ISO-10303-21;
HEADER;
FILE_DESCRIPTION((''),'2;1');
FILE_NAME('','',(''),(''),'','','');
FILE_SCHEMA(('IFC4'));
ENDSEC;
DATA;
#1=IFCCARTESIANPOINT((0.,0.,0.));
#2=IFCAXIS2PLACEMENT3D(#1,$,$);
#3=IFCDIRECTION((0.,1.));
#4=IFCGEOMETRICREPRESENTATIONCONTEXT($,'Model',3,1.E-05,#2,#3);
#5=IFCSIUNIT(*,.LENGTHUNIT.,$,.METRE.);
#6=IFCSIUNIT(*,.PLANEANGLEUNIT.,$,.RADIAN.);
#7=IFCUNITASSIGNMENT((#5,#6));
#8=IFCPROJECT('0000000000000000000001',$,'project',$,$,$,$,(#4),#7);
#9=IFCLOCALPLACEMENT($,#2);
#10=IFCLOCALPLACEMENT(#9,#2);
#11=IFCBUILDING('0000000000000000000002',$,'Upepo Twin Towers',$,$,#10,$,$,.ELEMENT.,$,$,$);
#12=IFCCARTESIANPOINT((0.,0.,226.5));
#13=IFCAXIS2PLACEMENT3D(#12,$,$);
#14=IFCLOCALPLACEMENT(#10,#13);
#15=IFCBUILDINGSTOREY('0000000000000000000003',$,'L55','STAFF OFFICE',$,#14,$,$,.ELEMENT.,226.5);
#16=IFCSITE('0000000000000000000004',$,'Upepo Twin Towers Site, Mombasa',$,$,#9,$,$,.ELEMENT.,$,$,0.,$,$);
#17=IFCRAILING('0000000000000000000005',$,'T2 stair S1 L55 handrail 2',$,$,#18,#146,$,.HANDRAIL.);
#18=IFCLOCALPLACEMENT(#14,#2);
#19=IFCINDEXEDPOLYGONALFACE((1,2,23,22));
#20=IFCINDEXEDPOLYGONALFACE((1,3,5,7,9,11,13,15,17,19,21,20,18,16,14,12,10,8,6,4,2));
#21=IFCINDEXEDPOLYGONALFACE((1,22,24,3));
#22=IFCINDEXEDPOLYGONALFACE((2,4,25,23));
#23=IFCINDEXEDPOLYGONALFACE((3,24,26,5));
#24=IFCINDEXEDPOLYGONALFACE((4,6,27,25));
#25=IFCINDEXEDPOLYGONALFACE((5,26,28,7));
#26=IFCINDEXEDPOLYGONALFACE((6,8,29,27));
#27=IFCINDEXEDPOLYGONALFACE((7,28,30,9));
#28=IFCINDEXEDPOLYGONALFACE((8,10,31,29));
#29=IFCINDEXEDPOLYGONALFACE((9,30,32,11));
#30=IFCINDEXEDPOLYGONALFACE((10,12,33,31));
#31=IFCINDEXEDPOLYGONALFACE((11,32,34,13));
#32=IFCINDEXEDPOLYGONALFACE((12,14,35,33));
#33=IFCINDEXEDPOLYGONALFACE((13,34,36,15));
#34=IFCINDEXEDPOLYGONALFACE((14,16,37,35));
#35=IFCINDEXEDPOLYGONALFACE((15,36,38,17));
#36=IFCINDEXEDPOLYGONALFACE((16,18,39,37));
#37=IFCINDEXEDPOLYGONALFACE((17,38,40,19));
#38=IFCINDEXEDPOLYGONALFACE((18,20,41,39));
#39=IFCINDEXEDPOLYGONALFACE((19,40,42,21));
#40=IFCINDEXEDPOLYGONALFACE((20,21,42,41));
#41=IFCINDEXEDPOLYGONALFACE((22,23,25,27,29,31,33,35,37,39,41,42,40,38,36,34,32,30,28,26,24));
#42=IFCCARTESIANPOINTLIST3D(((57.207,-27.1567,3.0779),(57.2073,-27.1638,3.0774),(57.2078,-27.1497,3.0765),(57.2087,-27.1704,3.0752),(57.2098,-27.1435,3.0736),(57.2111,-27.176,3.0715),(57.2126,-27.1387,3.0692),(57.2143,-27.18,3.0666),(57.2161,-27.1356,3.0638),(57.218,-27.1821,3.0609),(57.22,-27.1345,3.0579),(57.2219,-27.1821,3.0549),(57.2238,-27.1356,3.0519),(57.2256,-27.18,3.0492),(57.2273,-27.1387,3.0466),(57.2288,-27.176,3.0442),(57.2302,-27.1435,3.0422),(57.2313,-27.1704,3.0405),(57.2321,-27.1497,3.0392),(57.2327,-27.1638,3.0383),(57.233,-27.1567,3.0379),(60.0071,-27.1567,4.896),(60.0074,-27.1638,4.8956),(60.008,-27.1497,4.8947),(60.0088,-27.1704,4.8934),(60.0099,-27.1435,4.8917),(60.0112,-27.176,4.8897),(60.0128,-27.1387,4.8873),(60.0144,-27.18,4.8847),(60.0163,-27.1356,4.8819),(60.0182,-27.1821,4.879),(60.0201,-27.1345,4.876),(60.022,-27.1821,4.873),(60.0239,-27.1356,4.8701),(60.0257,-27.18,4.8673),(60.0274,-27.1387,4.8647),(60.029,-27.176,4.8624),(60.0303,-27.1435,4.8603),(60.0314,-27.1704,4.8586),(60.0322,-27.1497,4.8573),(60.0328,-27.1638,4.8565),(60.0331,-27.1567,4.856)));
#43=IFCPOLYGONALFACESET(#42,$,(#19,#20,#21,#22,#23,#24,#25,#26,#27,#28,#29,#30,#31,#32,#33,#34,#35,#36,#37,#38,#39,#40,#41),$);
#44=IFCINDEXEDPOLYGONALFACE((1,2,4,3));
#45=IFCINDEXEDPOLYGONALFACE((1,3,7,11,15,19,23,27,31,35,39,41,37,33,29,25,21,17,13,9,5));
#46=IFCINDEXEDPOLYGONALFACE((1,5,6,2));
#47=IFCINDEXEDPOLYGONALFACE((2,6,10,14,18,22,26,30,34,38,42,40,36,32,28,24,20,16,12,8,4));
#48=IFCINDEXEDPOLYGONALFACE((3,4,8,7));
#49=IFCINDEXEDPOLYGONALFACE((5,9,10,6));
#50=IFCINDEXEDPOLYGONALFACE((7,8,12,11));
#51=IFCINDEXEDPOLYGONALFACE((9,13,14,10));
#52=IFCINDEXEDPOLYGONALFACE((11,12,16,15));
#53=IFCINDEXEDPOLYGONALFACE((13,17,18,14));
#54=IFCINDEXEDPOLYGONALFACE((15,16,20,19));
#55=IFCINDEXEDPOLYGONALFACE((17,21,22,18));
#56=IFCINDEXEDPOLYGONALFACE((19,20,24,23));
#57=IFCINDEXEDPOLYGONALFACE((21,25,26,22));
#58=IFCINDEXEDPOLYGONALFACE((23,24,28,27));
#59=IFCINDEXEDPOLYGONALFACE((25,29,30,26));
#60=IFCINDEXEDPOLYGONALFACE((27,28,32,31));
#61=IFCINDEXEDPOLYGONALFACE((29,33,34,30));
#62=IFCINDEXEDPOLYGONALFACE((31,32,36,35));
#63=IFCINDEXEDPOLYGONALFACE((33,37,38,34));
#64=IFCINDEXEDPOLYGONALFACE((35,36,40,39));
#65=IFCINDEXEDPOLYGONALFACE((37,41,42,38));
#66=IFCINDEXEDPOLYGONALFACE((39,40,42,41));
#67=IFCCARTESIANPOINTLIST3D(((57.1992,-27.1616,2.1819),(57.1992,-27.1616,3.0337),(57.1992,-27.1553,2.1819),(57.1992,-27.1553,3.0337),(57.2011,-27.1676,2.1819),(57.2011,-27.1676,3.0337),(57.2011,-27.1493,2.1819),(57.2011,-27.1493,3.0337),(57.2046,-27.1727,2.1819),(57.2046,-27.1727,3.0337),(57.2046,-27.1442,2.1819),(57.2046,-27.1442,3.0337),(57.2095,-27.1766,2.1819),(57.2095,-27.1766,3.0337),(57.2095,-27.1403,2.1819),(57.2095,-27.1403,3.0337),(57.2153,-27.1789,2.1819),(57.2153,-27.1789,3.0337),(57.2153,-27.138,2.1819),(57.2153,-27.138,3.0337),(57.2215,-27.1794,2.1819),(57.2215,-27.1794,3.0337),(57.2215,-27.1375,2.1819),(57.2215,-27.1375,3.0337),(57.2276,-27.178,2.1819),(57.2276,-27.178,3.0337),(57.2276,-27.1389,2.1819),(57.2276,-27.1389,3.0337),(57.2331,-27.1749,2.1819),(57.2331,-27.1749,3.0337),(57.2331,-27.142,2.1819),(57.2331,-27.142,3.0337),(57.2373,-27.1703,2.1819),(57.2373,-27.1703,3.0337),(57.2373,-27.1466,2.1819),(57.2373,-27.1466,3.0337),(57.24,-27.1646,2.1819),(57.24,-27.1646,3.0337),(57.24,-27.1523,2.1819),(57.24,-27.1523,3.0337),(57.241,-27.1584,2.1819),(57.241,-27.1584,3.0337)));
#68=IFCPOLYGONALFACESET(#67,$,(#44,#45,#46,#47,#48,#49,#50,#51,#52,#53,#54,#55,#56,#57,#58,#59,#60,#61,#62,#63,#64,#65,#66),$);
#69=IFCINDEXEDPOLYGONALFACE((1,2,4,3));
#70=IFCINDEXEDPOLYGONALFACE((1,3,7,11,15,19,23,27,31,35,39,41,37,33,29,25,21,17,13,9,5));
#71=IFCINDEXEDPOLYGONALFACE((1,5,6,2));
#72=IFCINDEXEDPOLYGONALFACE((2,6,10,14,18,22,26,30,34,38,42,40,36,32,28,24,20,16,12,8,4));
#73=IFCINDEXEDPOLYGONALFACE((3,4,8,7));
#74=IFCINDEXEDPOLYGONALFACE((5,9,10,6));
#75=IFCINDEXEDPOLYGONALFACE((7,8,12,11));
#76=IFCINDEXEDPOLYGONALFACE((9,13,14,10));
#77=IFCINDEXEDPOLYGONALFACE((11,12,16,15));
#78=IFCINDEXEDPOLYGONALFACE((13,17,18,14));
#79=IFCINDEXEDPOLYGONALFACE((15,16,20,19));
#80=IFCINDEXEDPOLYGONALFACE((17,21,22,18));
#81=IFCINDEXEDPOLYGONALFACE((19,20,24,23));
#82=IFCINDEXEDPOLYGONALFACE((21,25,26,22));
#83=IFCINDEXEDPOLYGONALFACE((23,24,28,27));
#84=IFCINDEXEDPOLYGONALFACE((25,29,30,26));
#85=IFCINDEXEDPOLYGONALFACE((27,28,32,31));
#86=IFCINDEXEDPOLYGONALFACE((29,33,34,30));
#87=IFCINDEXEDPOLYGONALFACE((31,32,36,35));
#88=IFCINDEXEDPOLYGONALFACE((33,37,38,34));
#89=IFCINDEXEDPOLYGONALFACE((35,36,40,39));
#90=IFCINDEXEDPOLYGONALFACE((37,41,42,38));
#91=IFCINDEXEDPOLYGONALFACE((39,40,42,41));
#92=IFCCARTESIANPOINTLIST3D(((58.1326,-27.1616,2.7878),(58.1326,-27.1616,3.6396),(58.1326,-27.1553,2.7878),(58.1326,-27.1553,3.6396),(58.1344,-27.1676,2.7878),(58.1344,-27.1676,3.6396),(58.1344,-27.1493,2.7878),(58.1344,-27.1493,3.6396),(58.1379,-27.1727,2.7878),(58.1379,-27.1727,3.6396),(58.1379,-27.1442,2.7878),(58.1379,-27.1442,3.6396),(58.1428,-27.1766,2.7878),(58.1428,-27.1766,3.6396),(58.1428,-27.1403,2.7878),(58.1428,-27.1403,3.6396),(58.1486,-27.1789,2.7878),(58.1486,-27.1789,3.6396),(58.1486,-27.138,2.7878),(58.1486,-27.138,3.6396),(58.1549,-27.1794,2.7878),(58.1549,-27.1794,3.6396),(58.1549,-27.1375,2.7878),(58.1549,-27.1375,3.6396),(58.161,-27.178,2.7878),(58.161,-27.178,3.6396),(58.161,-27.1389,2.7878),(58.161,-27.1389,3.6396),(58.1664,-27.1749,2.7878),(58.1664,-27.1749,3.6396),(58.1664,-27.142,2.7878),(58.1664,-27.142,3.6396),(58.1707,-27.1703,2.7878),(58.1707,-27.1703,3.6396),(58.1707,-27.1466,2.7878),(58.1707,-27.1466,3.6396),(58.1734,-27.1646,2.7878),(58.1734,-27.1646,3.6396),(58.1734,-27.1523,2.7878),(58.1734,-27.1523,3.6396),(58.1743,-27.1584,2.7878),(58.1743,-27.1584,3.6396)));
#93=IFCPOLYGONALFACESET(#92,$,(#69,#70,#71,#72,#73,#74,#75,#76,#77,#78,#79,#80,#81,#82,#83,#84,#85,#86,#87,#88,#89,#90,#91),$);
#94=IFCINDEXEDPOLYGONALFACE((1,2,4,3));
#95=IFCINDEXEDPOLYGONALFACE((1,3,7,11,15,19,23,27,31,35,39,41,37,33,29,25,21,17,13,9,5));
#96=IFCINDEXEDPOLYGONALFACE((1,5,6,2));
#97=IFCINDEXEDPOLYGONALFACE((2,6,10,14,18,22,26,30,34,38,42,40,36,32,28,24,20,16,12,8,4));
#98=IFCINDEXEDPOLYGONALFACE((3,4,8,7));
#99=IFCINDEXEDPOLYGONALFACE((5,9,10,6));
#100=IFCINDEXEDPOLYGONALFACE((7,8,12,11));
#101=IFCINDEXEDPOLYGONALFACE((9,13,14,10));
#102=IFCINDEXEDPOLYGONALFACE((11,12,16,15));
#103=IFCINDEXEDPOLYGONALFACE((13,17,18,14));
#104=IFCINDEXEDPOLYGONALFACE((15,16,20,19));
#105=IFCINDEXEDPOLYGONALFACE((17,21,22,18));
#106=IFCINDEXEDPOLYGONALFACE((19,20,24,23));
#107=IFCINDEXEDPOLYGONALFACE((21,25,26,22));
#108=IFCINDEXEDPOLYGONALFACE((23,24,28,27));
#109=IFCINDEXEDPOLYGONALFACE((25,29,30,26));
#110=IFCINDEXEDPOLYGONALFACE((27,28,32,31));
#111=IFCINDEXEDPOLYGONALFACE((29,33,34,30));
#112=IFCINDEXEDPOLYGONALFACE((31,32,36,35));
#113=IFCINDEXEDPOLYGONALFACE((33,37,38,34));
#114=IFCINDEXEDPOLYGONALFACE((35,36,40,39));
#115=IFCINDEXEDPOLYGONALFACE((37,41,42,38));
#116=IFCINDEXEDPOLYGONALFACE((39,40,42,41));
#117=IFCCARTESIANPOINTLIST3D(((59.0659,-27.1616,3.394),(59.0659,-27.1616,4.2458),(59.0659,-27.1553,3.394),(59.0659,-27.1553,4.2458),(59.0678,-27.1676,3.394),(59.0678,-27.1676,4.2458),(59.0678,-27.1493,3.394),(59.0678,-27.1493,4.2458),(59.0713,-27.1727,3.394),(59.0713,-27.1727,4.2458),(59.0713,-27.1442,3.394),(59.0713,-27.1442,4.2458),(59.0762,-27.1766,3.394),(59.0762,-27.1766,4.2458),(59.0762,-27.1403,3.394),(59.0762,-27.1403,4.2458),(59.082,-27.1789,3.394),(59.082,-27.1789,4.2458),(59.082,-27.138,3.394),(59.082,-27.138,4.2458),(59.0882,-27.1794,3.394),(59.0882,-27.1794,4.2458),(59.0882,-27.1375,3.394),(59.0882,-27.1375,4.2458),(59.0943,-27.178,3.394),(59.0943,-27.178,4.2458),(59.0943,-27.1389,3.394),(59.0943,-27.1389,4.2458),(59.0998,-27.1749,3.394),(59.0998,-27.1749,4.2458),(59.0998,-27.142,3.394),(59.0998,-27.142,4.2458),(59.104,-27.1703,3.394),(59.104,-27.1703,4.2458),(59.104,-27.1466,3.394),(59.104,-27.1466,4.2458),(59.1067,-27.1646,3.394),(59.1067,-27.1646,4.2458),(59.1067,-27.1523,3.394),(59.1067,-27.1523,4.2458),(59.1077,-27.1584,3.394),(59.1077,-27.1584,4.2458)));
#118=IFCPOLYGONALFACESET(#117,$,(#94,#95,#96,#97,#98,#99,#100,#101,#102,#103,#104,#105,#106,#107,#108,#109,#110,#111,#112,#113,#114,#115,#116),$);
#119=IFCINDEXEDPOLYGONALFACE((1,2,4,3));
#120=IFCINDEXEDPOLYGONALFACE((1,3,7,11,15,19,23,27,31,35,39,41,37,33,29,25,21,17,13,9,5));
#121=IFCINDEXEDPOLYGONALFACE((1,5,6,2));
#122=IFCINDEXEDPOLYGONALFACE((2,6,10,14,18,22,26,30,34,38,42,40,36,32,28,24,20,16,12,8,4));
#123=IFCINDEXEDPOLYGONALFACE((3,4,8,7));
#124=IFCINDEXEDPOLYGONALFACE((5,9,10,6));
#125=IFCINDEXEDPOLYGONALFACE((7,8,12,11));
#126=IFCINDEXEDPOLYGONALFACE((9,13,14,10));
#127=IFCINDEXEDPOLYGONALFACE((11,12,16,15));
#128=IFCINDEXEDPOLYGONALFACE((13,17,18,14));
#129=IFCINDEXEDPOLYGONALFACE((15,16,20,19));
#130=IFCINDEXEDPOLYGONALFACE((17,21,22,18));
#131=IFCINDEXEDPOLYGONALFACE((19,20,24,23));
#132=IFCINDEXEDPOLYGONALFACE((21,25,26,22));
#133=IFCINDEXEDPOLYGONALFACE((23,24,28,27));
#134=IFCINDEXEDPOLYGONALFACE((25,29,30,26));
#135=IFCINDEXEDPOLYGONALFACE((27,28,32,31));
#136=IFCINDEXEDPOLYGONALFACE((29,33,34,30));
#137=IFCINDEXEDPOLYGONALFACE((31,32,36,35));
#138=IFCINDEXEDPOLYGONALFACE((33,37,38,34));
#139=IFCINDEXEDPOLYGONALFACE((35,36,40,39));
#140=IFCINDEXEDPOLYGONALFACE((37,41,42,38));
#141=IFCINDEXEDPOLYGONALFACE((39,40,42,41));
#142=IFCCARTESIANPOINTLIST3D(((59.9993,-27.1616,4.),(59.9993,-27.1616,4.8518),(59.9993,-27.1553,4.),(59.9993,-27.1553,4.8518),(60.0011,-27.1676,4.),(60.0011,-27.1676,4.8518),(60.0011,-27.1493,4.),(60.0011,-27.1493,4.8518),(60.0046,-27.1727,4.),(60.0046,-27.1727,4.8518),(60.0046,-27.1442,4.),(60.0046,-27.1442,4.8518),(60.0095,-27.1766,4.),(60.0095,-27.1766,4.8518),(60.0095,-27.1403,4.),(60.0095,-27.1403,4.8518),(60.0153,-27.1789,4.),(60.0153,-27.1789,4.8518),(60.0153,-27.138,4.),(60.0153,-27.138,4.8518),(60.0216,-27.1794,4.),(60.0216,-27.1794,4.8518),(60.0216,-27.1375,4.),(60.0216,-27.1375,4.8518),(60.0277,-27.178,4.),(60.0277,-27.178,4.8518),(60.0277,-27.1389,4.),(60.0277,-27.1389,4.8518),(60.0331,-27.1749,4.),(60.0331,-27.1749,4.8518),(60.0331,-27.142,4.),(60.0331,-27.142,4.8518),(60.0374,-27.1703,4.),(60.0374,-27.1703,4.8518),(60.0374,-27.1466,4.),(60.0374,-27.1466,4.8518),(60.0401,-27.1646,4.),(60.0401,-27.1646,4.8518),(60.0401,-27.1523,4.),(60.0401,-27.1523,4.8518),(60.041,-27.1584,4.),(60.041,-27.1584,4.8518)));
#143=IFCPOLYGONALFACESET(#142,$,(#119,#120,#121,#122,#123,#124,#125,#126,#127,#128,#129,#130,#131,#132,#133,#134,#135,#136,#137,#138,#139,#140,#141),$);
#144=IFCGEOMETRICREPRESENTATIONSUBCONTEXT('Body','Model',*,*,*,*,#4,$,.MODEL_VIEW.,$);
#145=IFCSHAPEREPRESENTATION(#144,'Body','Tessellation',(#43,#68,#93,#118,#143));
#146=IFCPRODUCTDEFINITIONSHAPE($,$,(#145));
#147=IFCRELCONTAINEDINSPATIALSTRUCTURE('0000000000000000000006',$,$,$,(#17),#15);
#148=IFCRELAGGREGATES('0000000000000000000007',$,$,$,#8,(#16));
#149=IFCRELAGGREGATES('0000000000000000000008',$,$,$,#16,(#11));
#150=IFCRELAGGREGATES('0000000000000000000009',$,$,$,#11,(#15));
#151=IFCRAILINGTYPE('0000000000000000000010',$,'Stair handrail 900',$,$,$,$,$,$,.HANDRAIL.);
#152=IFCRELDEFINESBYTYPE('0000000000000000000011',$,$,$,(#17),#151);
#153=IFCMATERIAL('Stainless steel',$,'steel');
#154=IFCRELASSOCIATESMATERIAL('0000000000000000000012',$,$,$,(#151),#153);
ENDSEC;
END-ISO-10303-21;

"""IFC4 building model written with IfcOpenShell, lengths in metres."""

from ifc_helpers import new_model, si_unit, direction, frame, origin, origin_2d, place, context, subcontext, project, spatial, circle, extrude, material, type_object, element, save


model = new_model("IFC4")

# Units and contexts
model_context = context("Model", 3, precision=1e-05, world=origin(), true_north=direction((0.0, 1.0)))
body_context = subcontext(model_context, "Body", "Model", "MODEL_VIEW")
ifc_project = project(units=[si_unit("LENGTHUNIT", "METRE"), si_unit("PLANEANGLEUNIT", "RADIAN")], contexts=[model_context])

# Site, building, storey
site_placement = place(None, origin())
site = spatial("IfcSite", under=ifc_project, at=site_placement, Name="Upepo Twin Towers Site, Mombasa", CompositionType="ELEMENT", RefElevation=0.0)
building_placement = place(site_placement, origin())
building = spatial("IfcBuilding", under=site, at=building_placement, Name="Upepo Twin Towers", CompositionType="ELEMENT")
storey_placement = place(building_placement, frame((0.0, 0.0, 226.5)))
storey = spatial("IfcBuildingStorey", under=building, at=storey_placement, Name="L55", Description="STAFF OFFICE", CompositionType="ELEMENT", Elevation=226.5)

# Railing
ifc_material_1 = material(Name="Stainless steel", Category="steel")
railing_type = type_object("IfcRailingType", Name="Stair handrail 900", PredefinedType="HANDRAIL", material=ifc_material_1)
railing_1_placement = place(storey_placement, frame((57.22, -27.1584, 2.1819)))
element("IfcRailing", 1, at=railing_1_placement, inside=storey, type_object=railing_type, Name="T2 stair S1 L55 handrail 2", PredefinedType="HANDRAIL", context=body_context, shape_type="SweptSolid", body=[
    extrude(circle(Radius=0.0239, at=origin_2d()), frame((0.0, 0.0, 0.876), z_axis=(0.838706, 0.0, 0.544585), x_axis=(0.0, 1.0, 0.0)), (0.0, 0.0, 1.0), 3.3386),
    extrude(circle(Radius=0.021, at=origin_2d()), origin(), (0.0, 0.0, 1.0), 0.8518),
    extrude(circle(Radius=0.021, at=origin_2d()), frame((0.9333, 0.0, 0.606)), (0.0, 0.0, 1.0), 0.8518),
    extrude(circle(Radius=0.021, at=origin_2d()), frame((1.8667, 0.0, 1.2122)), (0.0, 0.0, 1.0), 0.8518),
    extrude(circle(Radius=0.021, at=origin_2d()), frame((2.8, 0.0, 1.8181)), (0.0, 0.0, 1.0), 0.8518),
])

save(model, "model.ifc")
